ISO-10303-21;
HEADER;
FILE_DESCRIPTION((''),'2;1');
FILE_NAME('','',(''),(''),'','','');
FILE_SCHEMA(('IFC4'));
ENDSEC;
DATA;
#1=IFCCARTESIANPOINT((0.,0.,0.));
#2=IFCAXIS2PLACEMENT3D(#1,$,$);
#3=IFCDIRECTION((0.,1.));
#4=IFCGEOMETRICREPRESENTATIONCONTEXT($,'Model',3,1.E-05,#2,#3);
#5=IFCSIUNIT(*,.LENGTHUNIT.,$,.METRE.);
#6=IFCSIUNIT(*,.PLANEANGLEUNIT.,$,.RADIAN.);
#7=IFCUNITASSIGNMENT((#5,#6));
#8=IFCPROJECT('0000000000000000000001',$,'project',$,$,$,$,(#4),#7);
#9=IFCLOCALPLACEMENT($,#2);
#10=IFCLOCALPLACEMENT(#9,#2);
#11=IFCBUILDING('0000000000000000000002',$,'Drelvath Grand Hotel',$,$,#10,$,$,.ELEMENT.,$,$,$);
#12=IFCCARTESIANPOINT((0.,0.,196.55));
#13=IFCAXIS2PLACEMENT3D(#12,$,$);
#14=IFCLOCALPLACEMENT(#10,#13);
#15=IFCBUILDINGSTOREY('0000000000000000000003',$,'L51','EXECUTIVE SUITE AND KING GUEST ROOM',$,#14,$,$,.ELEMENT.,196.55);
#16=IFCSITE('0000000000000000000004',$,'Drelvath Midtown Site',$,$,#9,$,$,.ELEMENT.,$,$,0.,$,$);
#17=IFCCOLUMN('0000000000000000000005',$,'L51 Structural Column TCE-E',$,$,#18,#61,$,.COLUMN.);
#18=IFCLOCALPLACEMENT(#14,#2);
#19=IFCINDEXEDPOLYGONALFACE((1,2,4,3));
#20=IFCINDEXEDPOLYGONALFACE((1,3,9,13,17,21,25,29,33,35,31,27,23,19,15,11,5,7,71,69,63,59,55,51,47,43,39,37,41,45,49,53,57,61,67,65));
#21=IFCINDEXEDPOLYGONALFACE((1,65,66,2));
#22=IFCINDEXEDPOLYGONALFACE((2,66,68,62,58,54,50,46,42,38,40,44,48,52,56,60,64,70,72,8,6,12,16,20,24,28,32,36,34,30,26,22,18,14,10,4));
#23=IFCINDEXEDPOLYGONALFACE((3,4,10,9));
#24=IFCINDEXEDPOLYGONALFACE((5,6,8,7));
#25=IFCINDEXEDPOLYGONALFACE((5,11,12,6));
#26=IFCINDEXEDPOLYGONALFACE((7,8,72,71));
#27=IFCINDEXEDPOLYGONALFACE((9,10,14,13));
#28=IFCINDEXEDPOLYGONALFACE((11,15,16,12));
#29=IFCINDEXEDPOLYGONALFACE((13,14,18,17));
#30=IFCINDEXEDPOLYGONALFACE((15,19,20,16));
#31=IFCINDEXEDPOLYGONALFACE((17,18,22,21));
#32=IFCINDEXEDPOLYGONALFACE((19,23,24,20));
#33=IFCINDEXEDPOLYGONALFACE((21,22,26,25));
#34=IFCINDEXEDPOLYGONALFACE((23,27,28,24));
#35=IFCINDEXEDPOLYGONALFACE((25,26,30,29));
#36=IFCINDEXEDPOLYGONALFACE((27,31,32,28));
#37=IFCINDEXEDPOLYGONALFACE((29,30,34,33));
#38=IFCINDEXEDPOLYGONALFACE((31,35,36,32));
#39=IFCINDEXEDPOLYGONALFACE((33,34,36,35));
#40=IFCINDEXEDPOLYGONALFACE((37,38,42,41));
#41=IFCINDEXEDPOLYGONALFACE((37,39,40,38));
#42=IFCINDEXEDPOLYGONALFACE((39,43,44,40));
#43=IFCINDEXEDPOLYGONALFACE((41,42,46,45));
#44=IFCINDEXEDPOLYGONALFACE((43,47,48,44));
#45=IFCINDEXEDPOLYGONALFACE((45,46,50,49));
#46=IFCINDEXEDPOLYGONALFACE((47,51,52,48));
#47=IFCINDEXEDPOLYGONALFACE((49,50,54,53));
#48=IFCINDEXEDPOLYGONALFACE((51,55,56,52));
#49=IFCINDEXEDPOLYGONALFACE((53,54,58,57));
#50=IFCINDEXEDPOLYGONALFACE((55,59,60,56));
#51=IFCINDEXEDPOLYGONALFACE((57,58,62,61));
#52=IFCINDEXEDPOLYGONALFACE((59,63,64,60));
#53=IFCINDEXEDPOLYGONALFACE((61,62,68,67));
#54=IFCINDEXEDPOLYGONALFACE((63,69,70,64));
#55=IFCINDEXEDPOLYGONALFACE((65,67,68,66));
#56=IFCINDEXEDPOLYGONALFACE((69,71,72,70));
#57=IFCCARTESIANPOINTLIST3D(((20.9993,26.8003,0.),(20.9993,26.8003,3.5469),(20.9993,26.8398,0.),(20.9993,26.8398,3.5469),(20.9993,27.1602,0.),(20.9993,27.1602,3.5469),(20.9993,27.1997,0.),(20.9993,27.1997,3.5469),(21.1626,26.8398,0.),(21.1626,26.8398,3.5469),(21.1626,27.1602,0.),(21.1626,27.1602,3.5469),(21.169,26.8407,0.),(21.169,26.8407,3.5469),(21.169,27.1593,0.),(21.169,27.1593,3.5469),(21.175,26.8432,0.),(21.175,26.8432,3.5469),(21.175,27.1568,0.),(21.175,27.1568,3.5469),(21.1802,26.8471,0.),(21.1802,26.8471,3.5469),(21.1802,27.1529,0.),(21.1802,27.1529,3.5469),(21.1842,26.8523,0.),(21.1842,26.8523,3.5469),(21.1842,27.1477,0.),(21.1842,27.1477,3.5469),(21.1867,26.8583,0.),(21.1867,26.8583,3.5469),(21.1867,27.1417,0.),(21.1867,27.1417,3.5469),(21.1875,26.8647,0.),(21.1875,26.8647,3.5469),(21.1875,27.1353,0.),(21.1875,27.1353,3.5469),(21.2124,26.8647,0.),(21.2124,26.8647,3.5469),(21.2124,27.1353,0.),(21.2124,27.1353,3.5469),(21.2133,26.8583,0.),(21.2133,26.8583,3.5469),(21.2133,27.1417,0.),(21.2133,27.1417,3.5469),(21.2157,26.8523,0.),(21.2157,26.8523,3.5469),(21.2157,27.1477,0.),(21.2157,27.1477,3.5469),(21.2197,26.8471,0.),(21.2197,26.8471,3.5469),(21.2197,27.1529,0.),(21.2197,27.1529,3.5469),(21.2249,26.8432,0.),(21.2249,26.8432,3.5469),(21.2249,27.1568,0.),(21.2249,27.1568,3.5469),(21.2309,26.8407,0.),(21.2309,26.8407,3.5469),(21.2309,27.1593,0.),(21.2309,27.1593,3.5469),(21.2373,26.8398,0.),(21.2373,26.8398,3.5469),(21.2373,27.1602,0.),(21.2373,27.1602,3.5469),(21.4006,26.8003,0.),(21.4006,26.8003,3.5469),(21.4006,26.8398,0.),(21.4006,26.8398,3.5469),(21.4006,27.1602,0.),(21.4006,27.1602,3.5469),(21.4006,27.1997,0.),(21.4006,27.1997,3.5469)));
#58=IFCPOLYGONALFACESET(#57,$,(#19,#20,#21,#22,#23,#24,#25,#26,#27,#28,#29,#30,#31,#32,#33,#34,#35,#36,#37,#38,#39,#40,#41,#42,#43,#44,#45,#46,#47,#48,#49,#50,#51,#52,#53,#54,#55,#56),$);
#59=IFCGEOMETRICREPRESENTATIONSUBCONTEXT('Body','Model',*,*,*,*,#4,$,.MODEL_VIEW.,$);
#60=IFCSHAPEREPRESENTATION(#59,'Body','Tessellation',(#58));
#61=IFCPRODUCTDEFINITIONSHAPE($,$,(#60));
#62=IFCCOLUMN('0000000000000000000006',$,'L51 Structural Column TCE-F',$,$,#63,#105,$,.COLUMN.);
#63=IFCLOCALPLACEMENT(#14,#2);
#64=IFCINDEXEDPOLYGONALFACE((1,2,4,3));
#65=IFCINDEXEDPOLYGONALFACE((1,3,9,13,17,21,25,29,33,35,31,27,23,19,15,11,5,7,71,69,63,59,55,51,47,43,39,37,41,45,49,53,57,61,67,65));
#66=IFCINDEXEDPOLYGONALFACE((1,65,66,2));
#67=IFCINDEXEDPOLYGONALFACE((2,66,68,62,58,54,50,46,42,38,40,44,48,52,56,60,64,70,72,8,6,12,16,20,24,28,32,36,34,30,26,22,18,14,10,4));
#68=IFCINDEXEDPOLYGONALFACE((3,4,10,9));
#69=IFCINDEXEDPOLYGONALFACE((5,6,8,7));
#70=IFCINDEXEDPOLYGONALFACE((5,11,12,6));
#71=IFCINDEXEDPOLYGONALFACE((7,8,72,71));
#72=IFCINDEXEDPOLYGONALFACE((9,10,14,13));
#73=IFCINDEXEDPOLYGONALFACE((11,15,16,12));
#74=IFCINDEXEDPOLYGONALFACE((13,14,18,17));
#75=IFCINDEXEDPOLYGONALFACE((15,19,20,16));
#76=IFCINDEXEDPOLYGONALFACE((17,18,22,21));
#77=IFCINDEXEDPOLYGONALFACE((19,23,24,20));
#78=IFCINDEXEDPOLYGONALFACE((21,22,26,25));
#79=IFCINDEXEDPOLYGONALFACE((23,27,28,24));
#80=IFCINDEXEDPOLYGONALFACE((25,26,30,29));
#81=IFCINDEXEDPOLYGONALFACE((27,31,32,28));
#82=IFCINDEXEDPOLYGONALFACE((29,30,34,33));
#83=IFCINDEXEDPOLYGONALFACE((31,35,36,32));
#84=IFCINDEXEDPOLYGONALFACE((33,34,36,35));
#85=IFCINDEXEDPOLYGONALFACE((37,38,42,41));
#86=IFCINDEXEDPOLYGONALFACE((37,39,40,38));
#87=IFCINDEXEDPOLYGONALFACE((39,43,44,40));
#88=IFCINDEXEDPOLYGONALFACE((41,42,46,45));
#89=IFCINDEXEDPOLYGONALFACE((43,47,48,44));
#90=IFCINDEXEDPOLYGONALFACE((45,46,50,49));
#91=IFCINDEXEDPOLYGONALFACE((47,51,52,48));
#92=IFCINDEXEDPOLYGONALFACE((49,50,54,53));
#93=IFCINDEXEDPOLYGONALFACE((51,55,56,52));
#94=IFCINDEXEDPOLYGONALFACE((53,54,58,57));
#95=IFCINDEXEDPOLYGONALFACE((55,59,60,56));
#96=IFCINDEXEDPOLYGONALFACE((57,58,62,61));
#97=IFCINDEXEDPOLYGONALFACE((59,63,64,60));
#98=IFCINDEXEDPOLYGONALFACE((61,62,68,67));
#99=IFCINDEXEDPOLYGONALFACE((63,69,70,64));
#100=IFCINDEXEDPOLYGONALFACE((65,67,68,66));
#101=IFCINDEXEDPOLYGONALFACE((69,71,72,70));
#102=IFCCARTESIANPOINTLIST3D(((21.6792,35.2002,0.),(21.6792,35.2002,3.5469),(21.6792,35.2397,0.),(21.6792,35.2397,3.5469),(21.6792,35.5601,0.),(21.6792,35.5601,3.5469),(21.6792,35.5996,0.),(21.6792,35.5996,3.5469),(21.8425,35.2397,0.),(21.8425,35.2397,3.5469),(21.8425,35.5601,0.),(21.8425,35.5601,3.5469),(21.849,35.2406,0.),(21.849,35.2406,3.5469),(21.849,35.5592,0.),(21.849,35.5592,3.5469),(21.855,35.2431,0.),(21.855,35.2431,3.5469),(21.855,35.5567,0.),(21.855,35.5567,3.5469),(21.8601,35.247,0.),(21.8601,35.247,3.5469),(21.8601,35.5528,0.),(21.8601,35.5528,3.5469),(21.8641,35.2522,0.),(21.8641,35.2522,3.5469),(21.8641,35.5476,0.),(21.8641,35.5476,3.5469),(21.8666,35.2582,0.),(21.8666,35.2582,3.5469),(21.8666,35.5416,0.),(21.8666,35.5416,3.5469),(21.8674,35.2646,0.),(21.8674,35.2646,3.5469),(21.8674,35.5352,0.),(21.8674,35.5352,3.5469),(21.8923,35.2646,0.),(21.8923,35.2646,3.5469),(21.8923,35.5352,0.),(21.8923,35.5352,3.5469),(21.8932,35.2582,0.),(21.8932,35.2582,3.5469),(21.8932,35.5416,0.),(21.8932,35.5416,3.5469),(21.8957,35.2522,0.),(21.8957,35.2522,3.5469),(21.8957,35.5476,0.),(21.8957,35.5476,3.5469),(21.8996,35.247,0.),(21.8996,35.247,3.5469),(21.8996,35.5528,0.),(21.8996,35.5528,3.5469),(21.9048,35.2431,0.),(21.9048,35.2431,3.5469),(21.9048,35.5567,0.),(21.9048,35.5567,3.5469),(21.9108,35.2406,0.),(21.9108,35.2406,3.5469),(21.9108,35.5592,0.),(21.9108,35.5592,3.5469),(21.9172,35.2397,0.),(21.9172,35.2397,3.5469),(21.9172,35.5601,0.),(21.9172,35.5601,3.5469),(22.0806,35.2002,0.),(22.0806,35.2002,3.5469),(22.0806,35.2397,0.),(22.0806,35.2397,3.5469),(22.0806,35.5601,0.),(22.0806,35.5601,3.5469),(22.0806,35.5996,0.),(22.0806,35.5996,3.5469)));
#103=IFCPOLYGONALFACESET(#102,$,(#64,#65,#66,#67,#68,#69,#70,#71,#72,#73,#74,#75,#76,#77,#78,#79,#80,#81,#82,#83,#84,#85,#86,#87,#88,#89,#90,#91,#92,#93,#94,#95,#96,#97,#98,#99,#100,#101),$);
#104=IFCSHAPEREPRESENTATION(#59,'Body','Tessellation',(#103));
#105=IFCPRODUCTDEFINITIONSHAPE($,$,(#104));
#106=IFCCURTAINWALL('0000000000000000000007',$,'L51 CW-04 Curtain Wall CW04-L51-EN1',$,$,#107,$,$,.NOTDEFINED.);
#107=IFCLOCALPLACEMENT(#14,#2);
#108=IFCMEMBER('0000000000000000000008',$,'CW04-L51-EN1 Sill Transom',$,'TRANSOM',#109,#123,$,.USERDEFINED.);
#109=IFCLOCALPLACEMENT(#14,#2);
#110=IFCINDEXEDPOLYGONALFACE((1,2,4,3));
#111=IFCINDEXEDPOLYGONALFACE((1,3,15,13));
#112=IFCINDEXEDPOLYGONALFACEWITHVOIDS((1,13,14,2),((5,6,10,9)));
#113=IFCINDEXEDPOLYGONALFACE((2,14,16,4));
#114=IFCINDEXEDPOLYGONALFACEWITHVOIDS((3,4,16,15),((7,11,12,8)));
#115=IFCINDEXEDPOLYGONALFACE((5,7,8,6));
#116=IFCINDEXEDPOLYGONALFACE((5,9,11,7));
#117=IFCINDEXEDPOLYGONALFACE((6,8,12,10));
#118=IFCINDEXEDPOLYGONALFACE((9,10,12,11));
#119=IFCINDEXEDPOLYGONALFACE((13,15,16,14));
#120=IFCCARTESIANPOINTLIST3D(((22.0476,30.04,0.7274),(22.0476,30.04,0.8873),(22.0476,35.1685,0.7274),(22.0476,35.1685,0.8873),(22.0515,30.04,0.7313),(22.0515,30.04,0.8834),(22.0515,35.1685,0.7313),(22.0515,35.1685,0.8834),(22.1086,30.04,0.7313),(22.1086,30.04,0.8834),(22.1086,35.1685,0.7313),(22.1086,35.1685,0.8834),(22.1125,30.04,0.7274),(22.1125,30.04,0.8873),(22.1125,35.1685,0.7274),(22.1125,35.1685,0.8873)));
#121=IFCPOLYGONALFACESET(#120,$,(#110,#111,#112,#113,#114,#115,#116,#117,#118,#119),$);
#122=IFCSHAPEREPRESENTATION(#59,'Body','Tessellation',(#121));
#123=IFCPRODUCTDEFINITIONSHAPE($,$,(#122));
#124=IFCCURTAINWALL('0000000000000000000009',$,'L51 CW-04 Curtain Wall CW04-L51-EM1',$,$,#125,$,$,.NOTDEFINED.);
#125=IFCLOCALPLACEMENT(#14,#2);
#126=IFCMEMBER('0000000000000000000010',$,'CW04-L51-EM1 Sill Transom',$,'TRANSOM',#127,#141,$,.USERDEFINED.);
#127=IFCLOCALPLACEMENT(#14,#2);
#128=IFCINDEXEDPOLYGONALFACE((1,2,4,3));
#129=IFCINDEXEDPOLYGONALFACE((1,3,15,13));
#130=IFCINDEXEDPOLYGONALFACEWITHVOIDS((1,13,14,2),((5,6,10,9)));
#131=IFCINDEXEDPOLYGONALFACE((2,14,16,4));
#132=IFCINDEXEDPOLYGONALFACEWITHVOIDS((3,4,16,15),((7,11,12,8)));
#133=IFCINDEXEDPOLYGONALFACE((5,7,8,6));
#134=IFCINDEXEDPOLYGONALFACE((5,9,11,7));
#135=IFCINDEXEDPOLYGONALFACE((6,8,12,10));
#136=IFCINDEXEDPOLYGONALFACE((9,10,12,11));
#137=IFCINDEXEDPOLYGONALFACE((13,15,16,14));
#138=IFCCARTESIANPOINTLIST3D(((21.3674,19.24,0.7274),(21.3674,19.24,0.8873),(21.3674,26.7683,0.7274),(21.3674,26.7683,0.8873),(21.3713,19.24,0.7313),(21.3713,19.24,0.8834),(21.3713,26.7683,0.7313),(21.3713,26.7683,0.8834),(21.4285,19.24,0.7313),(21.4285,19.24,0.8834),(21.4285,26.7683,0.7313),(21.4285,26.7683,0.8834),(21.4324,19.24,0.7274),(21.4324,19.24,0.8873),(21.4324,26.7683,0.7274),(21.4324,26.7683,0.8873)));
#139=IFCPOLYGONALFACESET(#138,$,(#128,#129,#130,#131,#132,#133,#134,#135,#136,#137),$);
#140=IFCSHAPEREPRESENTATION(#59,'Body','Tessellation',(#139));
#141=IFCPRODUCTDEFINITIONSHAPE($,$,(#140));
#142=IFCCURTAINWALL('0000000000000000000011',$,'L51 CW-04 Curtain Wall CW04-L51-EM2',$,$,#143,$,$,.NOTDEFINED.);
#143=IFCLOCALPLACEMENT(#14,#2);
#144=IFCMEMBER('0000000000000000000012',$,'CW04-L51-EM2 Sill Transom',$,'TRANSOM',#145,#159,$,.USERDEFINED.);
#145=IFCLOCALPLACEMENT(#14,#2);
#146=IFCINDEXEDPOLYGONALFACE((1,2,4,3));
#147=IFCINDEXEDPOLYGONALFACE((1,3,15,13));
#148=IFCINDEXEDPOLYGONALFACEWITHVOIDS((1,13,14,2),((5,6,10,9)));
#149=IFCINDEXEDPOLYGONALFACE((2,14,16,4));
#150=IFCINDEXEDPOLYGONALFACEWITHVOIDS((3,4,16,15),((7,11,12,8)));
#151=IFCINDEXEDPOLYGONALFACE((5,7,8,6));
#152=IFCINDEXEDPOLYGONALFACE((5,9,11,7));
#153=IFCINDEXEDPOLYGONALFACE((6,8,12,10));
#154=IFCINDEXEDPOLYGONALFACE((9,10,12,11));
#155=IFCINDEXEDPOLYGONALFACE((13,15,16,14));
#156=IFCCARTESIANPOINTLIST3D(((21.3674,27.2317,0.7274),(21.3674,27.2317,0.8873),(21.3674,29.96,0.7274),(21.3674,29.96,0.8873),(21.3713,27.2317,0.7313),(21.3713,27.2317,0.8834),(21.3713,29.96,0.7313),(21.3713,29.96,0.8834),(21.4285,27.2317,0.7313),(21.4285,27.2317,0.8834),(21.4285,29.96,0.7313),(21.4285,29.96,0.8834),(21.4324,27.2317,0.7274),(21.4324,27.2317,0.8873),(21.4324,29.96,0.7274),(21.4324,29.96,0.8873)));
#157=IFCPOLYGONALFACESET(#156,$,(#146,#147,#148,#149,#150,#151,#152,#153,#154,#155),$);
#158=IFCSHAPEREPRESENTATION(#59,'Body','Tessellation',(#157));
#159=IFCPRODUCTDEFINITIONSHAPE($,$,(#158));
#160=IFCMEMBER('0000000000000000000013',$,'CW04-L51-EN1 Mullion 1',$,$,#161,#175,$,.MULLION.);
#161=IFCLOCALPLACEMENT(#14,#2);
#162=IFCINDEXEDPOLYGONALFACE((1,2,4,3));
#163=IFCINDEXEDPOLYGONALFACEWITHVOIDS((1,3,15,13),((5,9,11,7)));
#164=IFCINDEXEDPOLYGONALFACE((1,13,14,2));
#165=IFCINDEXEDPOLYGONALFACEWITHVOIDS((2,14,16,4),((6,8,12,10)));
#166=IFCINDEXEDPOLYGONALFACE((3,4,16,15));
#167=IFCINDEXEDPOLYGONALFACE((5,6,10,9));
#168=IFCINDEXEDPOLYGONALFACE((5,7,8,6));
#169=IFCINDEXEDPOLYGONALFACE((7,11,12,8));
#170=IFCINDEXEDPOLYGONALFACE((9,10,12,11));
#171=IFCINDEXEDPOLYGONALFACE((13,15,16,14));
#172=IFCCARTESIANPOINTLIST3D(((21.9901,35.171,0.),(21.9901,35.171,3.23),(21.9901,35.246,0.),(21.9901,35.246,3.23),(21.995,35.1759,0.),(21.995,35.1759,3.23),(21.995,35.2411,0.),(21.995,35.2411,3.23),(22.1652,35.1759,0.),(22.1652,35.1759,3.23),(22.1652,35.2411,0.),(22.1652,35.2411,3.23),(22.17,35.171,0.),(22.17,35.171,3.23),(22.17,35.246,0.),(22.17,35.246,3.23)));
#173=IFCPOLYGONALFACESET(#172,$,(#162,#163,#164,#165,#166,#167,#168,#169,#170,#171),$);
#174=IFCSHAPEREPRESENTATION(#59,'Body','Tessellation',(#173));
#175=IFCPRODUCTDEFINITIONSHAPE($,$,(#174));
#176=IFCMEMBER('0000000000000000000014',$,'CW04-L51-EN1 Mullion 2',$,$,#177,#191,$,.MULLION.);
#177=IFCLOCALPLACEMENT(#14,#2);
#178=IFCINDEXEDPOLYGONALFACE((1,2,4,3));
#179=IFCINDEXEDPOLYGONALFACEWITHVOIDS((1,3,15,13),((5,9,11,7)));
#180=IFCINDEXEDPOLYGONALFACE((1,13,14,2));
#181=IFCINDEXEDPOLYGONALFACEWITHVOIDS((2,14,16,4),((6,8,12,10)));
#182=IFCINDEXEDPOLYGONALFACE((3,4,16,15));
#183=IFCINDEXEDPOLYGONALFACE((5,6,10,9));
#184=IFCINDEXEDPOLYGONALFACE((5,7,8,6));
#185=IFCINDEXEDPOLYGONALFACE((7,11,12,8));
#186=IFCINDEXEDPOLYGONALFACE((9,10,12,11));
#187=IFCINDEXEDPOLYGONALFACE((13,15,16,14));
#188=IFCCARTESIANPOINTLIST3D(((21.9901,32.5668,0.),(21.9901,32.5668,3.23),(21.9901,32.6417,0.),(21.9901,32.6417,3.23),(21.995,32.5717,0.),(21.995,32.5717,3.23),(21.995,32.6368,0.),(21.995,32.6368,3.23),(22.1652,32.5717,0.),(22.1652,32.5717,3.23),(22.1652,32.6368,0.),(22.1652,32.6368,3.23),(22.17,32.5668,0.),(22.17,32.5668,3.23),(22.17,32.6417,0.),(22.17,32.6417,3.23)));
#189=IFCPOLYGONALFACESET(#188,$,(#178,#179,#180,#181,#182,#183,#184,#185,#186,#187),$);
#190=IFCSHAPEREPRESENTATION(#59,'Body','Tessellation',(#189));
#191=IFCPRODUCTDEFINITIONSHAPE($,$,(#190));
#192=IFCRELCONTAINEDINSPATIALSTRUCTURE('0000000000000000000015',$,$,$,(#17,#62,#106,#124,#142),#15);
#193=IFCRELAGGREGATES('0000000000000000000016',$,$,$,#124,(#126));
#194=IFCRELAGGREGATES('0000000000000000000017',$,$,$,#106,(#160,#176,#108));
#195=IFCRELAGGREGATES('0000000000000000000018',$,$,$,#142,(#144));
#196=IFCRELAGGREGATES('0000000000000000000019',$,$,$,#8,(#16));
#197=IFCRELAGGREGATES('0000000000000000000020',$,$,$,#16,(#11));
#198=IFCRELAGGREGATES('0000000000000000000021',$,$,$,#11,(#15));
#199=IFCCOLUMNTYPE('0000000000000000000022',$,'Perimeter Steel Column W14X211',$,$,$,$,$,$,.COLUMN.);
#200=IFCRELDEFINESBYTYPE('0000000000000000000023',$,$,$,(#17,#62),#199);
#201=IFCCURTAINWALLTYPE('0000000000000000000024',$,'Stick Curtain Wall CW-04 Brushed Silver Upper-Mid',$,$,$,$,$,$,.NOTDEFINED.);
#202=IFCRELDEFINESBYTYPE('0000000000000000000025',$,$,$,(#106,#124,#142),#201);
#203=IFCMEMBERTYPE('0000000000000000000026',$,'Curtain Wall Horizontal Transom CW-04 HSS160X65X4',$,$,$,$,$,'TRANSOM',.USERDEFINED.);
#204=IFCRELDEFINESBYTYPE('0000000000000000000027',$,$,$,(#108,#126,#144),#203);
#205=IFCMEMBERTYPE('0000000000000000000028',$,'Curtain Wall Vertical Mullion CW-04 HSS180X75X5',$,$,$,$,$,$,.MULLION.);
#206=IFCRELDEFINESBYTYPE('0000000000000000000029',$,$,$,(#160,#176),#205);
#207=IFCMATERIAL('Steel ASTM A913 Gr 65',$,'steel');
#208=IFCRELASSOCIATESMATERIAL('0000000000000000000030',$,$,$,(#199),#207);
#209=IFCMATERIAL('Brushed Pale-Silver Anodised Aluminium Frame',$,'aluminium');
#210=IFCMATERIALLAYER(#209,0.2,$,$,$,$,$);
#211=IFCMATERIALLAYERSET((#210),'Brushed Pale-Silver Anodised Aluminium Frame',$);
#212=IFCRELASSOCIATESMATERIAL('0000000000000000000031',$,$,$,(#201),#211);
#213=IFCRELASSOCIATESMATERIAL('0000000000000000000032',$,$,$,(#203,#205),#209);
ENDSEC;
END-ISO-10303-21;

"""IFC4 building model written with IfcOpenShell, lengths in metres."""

from ifc_helpers import new_model, si_unit, direction, frame, origin, origin_2d, place, context, subcontext, project, spatial, hollow_rectangle, i_section, extrude, material, layer, layer_set, material_profile, profile_set, type_object, element, aggregate, save


model = new_model("IFC4")

# Units and contexts
model_context = context("Model", 3, precision=1e-05, world=origin(), true_north=direction((0.0, 1.0)))
body_context = subcontext(model_context, "Body", "Model", "MODEL_VIEW")
ifc_project = project(units=[si_unit("LENGTHUNIT", "METRE"), si_unit("PLANEANGLEUNIT", "RADIAN")], contexts=[model_context])

# Site, building, storey
site_placement = place(None, origin())
site = spatial("IfcSite", under=ifc_project, at=site_placement, Name="Drelvath Midtown Site", CompositionType="ELEMENT", RefElevation=0.0)
building_placement = place(site_placement, origin())
building = spatial("IfcBuilding", under=site, at=building_placement, Name="Drelvath Grand Hotel", CompositionType="ELEMENT")
storey_placement = place(building_placement, frame((0.0, 0.0, 196.55)))
storey = spatial("IfcBuildingStorey", under=building, at=storey_placement, Name="L51", Description="EXECUTIVE SUITE AND KING GUEST ROOM", CompositionType="ELEMENT", Elevation=196.55)

# Columns
ifc_material_1 = material(Name="Steel ASTM A913 Gr 65", Category="steel")
ifc_material_profile_1 = material_profile(ifc_material_1, i_section(OverallWidth=0.4014, OverallDepth=0.3994, WebThickness=0.0249, FlangeThickness=0.0396, FilletRadius=0.0249, at=origin_2d()), Name="W14X211")
ifc_profile_set_1 = profile_set([ifc_material_profile_1], Name="Steel ASTM A913 Gr 65")
column_type = type_object("IfcColumnType", Name="Perimeter Steel Column W14X211", PredefinedType="COLUMN", material=ifc_profile_set_1)
for number, where, z_axis, x_axis, name in (
    (1, (21.2, 27.0, 0.0), (0.0, 0.0, 1.0), (1.0, 0.0, 0.0), "L51 Structural Column TCE-E"),
    (2, (21.8799, 35.3999, 0.0), (0.0, 0.0, 1.0), (1.0, 0.0, 0.0), "L51 Structural Column TCE-F"),
):
    element("IfcColumn", number, at=place(storey_placement, frame(where, z_axis=z_axis, x_axis=x_axis)), inside=storey, type_object=column_type, Name=name, PredefinedType="COLUMN", context=body_context, shape_type="SweptSolid", body=[
        extrude(i_section(OverallWidth=0.4014, OverallDepth=0.3994, WebThickness=0.0249, FlangeThickness=0.0396, FilletRadius=0.0249, at=origin_2d()), origin(), (0.0, 0.0, 1.0), 3.5469),
    ])

# Curtain walls, members
ifc_material_2 = material(Name="Brushed Pale-Silver Anodised Aluminium Frame", Category="aluminium")
ifc_layer_1 = layer(ifc_material_2, 0.2)
ifc_layer_set_1 = layer_set([ifc_layer_1], Name="Brushed Pale-Silver Anodised Aluminium Frame")
curtain_wall_type = type_object("IfcCurtainWallType", Name="Stick Curtain Wall CW-04 Brushed Silver Upper-Mid", PredefinedType="NOTDEFINED", material=ifc_layer_set_1)
curtain_wall_1_placement = place(storey_placement, origin())
curtain_wall_1 = element("IfcCurtainWall", 3, at=curtain_wall_1_placement, inside=storey, type_object=curtain_wall_type, Name="L51 CW-04 Curtain Wall CW04-L51-EN1", PredefinedType="NOTDEFINED")
ifc_material_profile_2 = material_profile(ifc_material_2, hollow_rectangle(XDim=0.0649, YDim=0.1599, WallThickness=0.0039, at=origin_2d()), Name="HSS160X65X4")
ifc_profile_set_2 = profile_set([ifc_material_profile_2], Name="Brushed Pale-Silver Anodised Aluminium Frame")
member_type_1 = type_object("IfcMemberType", Name="Curtain Wall Horizontal Transom CW-04 HSS160X65X4", ElementType="TRANSOM", PredefinedType="USERDEFINED", material=ifc_profile_set_2)
member_1_placement = place(storey_placement, frame((22.0801, 35.1685, 0.8074), z_axis=(0.0, -1.0, 0.0), x_axis=(1.0, 0.0, 0.0)))
member_1 = element("IfcMember", 4, at=member_1_placement, type_object=member_type_1, Name="CW04-L51-EN1 Sill Transom", ObjectType="TRANSOM", PredefinedType="USERDEFINED", context=body_context, shape_type="SweptSolid", body=[
    extrude(hollow_rectangle(XDim=0.0649, YDim=0.1599, WallThickness=0.0039, at=origin_2d()), origin(), (0.0, 0.0, 1.0), 5.1284),
])
curtain_wall_2_placement = place(storey_placement, origin())
curtain_wall_2 = element("IfcCurtainWall", 5, at=curtain_wall_2_placement, inside=storey, type_object=curtain_wall_type, Name="L51 CW-04 Curtain Wall CW04-L51-EM1", PredefinedType="NOTDEFINED")
member_2_placement = place(storey_placement, frame((21.3999, 26.7683, 0.8074), z_axis=(0.0, -1.0, 0.0), x_axis=(1.0, 0.0, 0.0)))
member_2 = element("IfcMember", 6, at=member_2_placement, type_object=member_type_1, Name="CW04-L51-EM1 Sill Transom", ObjectType="TRANSOM", PredefinedType="USERDEFINED", context=body_context, shape_type="SweptSolid", body=[
    extrude(hollow_rectangle(XDim=0.0649, YDim=0.1599, WallThickness=0.0039, at=origin_2d()), origin(), (0.0, 0.0, 1.0), 7.5283),
])
curtain_wall_3_placement = place(storey_placement, origin())
curtain_wall_3 = element("IfcCurtainWall", 7, at=curtain_wall_3_placement, inside=storey, type_object=curtain_wall_type, Name="L51 CW-04 Curtain Wall CW04-L51-EM2", PredefinedType="NOTDEFINED")
member_3_placement = place(storey_placement, frame((21.3999, 29.96, 0.8074), z_axis=(0.0, -1.0, 0.0), x_axis=(1.0, 0.0, 0.0)))
member_3 = element("IfcMember", 8, at=member_3_placement, type_object=member_type_1, Name="CW04-L51-EM2 Sill Transom", ObjectType="TRANSOM", PredefinedType="USERDEFINED", context=body_context, shape_type="SweptSolid", body=[
    extrude(hollow_rectangle(XDim=0.0649, YDim=0.1599, WallThickness=0.0039, at=origin_2d()), origin(), (0.0, 0.0, 1.0), 2.7283),
])

# Members
ifc_material_profile_3 = material_profile(ifc_material_2, hollow_rectangle(XDim=0.075, YDim=0.1799, WallThickness=0.0049, at=origin_2d()), Name="HSS180X75X5")
ifc_profile_set_3 = profile_set([ifc_material_profile_3], Name="Brushed Pale-Silver Anodised Aluminium Frame")
member_type_2 = type_object("IfcMemberType", Name="Curtain Wall Vertical Mullion CW-04 HSS180X75X5", PredefinedType="MULLION", material=ifc_profile_set_3)
member_4_placement = place(storey_placement, frame((22.0801, 35.2085, 0.0), z_axis=(0.0, 0.0, 1.0), x_axis=(0.0, 1.0, 0.0)))
member_4 = element("IfcMember", 9, at=member_4_placement, type_object=member_type_2, Name="CW04-L51-EN1 Mullion 1", PredefinedType="MULLION", context=body_context, shape_type="SweptSolid", body=[
    extrude(hollow_rectangle(XDim=0.075, YDim=0.1799, WallThickness=0.0049, at=origin_2d()), origin(), (0.0, 0.0, 1.0), 3.23),
])
member_5_placement = place(storey_placement, frame((22.0801, 32.6042, 0.0), z_axis=(0.0, 0.0, 1.0), x_axis=(0.0, 1.0, 0.0)))
member_5 = element("IfcMember", 10, at=member_5_placement, type_object=member_type_2, Name="CW04-L51-EN1 Mullion 2", PredefinedType="MULLION", context=body_context, shape_type="SweptSolid", body=[
    extrude(hollow_rectangle(XDim=0.075, YDim=0.1799, WallThickness=0.0049, at=origin_2d()), origin(), (0.0, 0.0, 1.0), 3.23),
])
aggregate(curtain_wall_2, [member_2])

aggregate(curtain_wall_1, [member_4, member_5, member_1])
aggregate(curtain_wall_3, [member_3])

save(model, "model.ifc")
